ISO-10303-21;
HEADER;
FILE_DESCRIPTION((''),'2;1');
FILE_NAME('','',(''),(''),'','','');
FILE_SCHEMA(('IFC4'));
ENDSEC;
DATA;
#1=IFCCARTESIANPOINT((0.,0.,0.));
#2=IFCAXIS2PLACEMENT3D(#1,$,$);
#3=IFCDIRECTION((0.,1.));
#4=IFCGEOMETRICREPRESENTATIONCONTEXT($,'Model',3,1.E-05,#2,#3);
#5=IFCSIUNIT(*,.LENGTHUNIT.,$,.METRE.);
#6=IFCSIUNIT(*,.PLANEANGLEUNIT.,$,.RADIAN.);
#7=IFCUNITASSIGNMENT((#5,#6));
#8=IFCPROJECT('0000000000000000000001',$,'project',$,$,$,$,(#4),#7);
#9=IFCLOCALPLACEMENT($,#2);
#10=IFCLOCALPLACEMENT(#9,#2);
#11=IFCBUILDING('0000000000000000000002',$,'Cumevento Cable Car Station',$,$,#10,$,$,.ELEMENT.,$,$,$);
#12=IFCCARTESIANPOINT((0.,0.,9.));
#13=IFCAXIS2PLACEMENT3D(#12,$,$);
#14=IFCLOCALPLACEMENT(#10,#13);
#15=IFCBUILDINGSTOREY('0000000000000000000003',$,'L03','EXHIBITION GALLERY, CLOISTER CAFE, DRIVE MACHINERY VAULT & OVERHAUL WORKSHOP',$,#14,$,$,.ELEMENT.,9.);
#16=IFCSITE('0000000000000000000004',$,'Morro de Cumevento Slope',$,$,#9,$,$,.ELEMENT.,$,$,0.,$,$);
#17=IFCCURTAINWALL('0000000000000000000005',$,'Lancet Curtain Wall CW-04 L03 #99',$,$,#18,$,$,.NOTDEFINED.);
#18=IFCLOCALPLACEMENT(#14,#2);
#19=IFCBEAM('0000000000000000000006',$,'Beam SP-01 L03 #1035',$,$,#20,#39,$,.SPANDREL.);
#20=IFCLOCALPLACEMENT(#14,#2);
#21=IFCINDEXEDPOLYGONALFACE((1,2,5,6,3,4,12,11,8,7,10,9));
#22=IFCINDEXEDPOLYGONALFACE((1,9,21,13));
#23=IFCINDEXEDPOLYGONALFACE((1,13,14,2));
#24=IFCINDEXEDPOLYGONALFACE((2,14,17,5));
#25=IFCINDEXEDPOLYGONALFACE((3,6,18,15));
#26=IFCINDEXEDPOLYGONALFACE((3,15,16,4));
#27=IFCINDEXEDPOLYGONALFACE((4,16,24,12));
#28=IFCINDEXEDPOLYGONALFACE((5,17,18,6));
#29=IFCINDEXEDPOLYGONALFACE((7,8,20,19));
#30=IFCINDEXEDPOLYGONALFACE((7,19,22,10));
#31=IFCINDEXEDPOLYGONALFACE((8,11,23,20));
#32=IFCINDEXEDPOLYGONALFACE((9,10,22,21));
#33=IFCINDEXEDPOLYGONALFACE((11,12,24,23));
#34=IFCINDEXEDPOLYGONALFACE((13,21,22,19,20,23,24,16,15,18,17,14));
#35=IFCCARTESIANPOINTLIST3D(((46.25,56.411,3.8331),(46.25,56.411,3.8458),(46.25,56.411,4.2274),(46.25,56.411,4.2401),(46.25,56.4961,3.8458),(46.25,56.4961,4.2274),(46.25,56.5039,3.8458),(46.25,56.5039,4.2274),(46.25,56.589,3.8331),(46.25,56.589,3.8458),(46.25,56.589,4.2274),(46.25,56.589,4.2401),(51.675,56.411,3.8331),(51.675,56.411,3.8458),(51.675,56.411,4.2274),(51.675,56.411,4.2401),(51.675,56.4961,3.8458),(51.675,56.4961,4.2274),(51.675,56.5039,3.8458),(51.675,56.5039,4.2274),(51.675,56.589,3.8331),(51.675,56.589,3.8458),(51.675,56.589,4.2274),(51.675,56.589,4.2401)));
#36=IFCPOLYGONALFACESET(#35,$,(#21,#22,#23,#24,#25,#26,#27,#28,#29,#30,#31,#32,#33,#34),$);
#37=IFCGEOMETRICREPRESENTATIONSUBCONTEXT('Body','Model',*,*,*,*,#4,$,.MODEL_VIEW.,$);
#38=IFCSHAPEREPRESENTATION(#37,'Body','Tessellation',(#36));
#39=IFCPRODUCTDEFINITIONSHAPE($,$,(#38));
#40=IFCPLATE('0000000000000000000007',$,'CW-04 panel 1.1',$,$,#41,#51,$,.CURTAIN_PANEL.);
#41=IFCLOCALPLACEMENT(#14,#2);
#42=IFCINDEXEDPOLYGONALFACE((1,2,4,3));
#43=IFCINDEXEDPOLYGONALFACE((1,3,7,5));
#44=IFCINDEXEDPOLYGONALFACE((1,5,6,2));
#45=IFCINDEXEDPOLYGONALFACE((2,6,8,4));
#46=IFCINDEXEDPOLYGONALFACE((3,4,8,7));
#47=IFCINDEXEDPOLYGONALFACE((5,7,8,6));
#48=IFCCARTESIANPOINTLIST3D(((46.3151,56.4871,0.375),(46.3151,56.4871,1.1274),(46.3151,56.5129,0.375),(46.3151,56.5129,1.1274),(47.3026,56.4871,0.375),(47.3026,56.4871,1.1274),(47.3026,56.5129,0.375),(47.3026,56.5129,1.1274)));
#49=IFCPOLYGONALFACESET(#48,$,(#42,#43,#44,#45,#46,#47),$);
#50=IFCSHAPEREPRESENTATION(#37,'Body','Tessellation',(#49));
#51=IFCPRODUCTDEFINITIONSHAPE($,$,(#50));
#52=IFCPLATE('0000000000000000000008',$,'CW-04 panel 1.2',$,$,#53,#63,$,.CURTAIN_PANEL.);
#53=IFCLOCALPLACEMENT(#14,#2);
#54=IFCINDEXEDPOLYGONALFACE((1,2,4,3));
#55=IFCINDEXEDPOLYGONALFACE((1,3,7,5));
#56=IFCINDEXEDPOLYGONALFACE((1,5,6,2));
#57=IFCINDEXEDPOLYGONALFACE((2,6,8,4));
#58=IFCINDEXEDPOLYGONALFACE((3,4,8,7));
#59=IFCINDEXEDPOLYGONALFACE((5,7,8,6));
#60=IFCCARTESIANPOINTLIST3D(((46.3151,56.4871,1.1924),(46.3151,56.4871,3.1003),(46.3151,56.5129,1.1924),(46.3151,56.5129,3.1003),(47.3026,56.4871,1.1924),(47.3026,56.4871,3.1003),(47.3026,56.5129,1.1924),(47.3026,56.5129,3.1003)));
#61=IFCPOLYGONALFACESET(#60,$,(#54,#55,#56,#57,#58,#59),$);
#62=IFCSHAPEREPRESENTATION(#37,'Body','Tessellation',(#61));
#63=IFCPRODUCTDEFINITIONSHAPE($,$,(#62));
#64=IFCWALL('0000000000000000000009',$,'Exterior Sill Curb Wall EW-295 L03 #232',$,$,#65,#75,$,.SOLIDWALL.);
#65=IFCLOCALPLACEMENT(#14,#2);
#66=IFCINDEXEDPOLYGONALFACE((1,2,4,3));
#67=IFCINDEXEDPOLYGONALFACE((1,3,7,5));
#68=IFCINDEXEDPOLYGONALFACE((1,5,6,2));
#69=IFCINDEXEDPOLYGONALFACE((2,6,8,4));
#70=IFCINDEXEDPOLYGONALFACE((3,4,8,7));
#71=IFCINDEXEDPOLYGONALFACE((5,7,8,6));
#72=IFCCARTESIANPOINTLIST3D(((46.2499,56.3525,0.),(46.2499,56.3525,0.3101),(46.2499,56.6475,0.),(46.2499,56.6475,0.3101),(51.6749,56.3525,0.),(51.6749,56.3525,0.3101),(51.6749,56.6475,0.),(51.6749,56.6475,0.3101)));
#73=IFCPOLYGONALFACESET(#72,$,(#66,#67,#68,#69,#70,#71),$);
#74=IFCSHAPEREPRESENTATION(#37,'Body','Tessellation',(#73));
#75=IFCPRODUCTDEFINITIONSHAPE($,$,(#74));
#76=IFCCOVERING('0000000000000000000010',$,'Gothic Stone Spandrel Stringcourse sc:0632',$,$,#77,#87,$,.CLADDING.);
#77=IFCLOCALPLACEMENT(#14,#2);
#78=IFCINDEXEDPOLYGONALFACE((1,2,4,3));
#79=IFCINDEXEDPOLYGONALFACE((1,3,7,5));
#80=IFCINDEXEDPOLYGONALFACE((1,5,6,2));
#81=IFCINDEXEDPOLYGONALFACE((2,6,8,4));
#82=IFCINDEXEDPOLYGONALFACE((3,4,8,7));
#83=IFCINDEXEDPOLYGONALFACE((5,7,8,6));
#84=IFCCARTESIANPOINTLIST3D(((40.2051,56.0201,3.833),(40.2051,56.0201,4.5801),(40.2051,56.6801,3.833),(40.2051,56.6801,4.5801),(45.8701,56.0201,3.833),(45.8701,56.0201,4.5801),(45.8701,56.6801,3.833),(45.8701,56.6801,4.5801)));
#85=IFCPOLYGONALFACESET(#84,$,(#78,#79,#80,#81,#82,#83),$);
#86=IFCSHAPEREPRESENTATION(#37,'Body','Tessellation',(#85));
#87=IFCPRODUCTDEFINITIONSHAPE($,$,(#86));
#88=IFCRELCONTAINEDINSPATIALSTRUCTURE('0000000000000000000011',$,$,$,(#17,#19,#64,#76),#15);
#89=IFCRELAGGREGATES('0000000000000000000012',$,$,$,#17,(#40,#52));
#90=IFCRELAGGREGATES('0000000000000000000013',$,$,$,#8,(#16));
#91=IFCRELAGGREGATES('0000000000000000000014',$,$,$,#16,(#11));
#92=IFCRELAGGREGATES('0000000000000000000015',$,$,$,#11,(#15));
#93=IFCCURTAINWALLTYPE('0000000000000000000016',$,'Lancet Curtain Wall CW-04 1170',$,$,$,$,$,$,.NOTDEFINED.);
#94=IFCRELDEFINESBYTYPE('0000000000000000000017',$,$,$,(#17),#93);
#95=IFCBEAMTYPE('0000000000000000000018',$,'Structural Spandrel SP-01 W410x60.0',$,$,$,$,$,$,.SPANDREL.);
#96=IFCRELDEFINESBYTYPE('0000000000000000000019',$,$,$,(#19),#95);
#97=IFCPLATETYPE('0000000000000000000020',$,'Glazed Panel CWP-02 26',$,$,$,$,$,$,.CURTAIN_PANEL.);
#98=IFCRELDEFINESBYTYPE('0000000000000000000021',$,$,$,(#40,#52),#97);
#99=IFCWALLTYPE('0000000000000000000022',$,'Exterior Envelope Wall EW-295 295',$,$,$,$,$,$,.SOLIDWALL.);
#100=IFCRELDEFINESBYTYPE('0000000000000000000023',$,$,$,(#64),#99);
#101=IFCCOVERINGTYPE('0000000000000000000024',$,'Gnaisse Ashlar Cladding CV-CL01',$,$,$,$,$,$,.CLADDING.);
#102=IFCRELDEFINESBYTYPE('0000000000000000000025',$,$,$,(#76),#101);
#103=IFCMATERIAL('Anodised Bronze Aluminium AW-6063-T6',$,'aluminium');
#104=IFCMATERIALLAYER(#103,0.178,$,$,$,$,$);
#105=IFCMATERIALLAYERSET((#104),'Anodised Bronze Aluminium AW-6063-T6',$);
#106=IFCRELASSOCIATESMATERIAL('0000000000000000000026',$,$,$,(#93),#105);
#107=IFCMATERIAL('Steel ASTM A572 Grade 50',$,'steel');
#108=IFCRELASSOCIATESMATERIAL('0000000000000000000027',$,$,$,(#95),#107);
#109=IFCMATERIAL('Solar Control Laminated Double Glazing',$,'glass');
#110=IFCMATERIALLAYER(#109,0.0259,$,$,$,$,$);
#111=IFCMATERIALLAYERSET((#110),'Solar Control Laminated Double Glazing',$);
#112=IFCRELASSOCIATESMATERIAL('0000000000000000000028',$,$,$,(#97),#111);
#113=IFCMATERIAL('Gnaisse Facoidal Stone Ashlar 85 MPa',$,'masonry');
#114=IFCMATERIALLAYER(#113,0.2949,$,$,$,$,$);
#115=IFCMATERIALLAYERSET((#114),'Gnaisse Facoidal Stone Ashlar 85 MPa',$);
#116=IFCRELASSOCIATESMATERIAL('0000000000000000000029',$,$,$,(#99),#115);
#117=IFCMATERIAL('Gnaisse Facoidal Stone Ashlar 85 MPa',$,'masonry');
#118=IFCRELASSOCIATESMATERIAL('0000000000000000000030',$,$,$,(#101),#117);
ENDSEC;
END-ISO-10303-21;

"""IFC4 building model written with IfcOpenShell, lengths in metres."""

from ifc_helpers import new_model, si_unit, direction, frame, frame_2d, origin, origin_2d, place, context, subcontext, project, spatial, rectangle, i_section, extrude, material, layer, layer_set, material_profile, profile_set, type_object, element, aggregate, save


model = new_model("IFC4")

# Units and contexts
model_context = context("Model", 3, precision=1e-05, world=origin(), true_north=direction((0.0, 1.0)))
body_context = subcontext(model_context, "Body", "Model", "MODEL_VIEW")
ifc_project = project(units=[si_unit("LENGTHUNIT", "METRE"), si_unit("PLANEANGLEUNIT", "RADIAN")], contexts=[model_context])

# Site, building, storey
site_placement = place(None, origin())
site = spatial("IfcSite", under=ifc_project, at=site_placement, Name="Morro de Cumevento Slope", CompositionType="ELEMENT", RefElevation=0.0)
building_placement = place(site_placement, origin())
building = spatial("IfcBuilding", under=site, at=building_placement, Name="Cumevento Cable Car Station", CompositionType="ELEMENT")
storey_placement = place(building_placement, frame((0.0, 0.0, 9.0)))
storey = spatial("IfcBuildingStorey", under=building, at=storey_placement, Name="L03", Description="EXHIBITION GALLERY, CLOISTER CAFE, DRIVE MACHINERY VAULT & OVERHAUL WORKSHOP", CompositionType="ELEMENT", Elevation=9.0)

# Curtain wall
ifc_material_1 = material(Name="Anodised Bronze Aluminium AW-6063-T6", Category="aluminium")
ifc_layer_1 = layer(ifc_material_1, 0.178)
ifc_layer_set_1 = layer_set([ifc_layer_1], Name="Anodised Bronze Aluminium AW-6063-T6")
curtain_wall_type = type_object("IfcCurtainWallType", Name="Lancet Curtain Wall CW-04 1170", PredefinedType="NOTDEFINED", material=ifc_layer_set_1)
curtain_wall_placement = place(storey_placement, origin())
curtain_wall = element("IfcCurtainWall", 1, at=curtain_wall_placement, inside=storey, type_object=curtain_wall_type, Name="Lancet Curtain Wall CW-04 L03 #99", PredefinedType="NOTDEFINED")

# Beam
ifc_material_2 = material(Name="Steel ASTM A572 Grade 50", Category="steel")
ifc_material_profile_1 = material_profile(ifc_material_2, i_section(OverallWidth=0.178, OverallDepth=0.407, WebThickness=0.0078, FlangeThickness=0.0127, at=origin_2d()), Name="W410x60.0")
ifc_profile_set_1 = profile_set([ifc_material_profile_1], Name="Steel ASTM A572 Grade 50")
beam_type_1 = type_object("IfcBeamType", Name="Structural Spandrel SP-01 W410x60.0", PredefinedType="SPANDREL", material=ifc_profile_set_1)
beam_1_placement = place(storey_placement, frame((46.25, 56.5, 4.0366), z_axis=(1.0, 0.0, 0.0), x_axis=(0.0, 1.0, 0.0)))
element("IfcBeam", 2, at=beam_1_placement, inside=storey, type_object=beam_type_1, Name="Beam SP-01 L03 #1035", PredefinedType="SPANDREL", context=body_context, shape_type="SweptSolid", body=[
    extrude(i_section(OverallWidth=0.178, OverallDepth=0.407, WebThickness=0.0078, FlangeThickness=0.0127, at=origin_2d()), origin(), (0.0, 0.0, 1.0), 5.425),
])

# Plates
ifc_material_3 = material(Name="Solar Control Laminated Double Glazing", Category="glass")
ifc_layer_2 = layer(ifc_material_3, 0.0259)
ifc_layer_set_2 = layer_set([ifc_layer_2], Name="Solar Control Laminated Double Glazing")
plate_type = type_object("IfcPlateType", Name="Glazed Panel CWP-02 26", PredefinedType="CURTAIN_PANEL", material=ifc_layer_set_2)
plate_1_placement = place(storey_placement, frame((46.8088, 56.5, 0.375), z_axis=(0.0, 0.0, 1.0), x_axis=(1.0, 0.0, 0.0)))
plate_1 = element("IfcPlate", 3, at=plate_1_placement, type_object=plate_type, Name="CW-04 panel 1.1", PredefinedType="CURTAIN_PANEL", context=body_context, shape_type="SweptSolid", body=[
    extrude(rectangle(XDim=0.9875, YDim=0.0259, at=origin_2d()), origin(), (0.0, 0.0, 1.0), 0.7524),
])
plate_2_placement = place(storey_placement, frame((46.8088, 56.5, 1.1924), z_axis=(0.0, 0.0, 1.0), x_axis=(1.0, 0.0, 0.0)))
plate_2 = element("IfcPlate", 4, at=plate_2_placement, type_object=plate_type, Name="CW-04 panel 1.2", PredefinedType="CURTAIN_PANEL", context=body_context, shape_type="SweptSolid", body=[
    extrude(rectangle(XDim=0.9875, YDim=0.0259, at=origin_2d()), origin(), (0.0, 0.0, 1.0), 1.908),
])
aggregate(curtain_wall, [plate_1, plate_2])

# Wall
ifc_material_4 = material(Name="Gnaisse Facoidal Stone Ashlar 85 MPa", Category="masonry")
ifc_layer_3 = layer(ifc_material_4, 0.2949)
ifc_layer_set_3 = layer_set([ifc_layer_3], Name="Gnaisse Facoidal Stone Ashlar 85 MPa")
wall_type = type_object("IfcWallType", Name="Exterior Envelope Wall EW-295 295", PredefinedType="SOLIDWALL", material=ifc_layer_set_3)
wall_placement = place(storey_placement, frame((46.25, 56.5, 0.0), z_axis=(0.0, 0.0, 1.0), x_axis=(1.0, 0.0, 0.0)))
element("IfcWall", 5, at=wall_placement, inside=storey, type_object=wall_type, Name="Exterior Sill Curb Wall EW-295 L03 #232", PredefinedType="SOLIDWALL", context=body_context, shape_type="SweptSolid", body=[
    extrude(rectangle(XDim=5.425, YDim=0.2949, at=frame_2d((2.7124, 0.0))), origin(), (0.0, 0.0, 1.0), 0.3101),
])

# Covering
ifc_material_5 = material(Name="Gnaisse Facoidal Stone Ashlar 85 MPa", Category="masonry")
covering_type = type_object("IfcCoveringType", Name="Gnaisse Ashlar Cladding CV-CL01", PredefinedType="CLADDING", material=ifc_material_5)
covering_1_placement = place(storey_placement, frame((43.0376, 56.3501, 3.833), z_axis=(0.0, 0.0, 1.0), x_axis=(1.0, 0.0, 0.0)))
element("IfcCovering", 6, at=covering_1_placement, inside=storey, type_object=covering_type, Name="Gothic Stone Spandrel Stringcourse sc:0632", PredefinedType="CLADDING", context=body_context, shape_type="SweptSolid", body=[
    extrude(rectangle(XDim=5.665, YDim=0.6599, at=origin_2d()), origin(), (0.0, 0.0, 1.0), 0.7471),
])

save(model, "model.ifc")
